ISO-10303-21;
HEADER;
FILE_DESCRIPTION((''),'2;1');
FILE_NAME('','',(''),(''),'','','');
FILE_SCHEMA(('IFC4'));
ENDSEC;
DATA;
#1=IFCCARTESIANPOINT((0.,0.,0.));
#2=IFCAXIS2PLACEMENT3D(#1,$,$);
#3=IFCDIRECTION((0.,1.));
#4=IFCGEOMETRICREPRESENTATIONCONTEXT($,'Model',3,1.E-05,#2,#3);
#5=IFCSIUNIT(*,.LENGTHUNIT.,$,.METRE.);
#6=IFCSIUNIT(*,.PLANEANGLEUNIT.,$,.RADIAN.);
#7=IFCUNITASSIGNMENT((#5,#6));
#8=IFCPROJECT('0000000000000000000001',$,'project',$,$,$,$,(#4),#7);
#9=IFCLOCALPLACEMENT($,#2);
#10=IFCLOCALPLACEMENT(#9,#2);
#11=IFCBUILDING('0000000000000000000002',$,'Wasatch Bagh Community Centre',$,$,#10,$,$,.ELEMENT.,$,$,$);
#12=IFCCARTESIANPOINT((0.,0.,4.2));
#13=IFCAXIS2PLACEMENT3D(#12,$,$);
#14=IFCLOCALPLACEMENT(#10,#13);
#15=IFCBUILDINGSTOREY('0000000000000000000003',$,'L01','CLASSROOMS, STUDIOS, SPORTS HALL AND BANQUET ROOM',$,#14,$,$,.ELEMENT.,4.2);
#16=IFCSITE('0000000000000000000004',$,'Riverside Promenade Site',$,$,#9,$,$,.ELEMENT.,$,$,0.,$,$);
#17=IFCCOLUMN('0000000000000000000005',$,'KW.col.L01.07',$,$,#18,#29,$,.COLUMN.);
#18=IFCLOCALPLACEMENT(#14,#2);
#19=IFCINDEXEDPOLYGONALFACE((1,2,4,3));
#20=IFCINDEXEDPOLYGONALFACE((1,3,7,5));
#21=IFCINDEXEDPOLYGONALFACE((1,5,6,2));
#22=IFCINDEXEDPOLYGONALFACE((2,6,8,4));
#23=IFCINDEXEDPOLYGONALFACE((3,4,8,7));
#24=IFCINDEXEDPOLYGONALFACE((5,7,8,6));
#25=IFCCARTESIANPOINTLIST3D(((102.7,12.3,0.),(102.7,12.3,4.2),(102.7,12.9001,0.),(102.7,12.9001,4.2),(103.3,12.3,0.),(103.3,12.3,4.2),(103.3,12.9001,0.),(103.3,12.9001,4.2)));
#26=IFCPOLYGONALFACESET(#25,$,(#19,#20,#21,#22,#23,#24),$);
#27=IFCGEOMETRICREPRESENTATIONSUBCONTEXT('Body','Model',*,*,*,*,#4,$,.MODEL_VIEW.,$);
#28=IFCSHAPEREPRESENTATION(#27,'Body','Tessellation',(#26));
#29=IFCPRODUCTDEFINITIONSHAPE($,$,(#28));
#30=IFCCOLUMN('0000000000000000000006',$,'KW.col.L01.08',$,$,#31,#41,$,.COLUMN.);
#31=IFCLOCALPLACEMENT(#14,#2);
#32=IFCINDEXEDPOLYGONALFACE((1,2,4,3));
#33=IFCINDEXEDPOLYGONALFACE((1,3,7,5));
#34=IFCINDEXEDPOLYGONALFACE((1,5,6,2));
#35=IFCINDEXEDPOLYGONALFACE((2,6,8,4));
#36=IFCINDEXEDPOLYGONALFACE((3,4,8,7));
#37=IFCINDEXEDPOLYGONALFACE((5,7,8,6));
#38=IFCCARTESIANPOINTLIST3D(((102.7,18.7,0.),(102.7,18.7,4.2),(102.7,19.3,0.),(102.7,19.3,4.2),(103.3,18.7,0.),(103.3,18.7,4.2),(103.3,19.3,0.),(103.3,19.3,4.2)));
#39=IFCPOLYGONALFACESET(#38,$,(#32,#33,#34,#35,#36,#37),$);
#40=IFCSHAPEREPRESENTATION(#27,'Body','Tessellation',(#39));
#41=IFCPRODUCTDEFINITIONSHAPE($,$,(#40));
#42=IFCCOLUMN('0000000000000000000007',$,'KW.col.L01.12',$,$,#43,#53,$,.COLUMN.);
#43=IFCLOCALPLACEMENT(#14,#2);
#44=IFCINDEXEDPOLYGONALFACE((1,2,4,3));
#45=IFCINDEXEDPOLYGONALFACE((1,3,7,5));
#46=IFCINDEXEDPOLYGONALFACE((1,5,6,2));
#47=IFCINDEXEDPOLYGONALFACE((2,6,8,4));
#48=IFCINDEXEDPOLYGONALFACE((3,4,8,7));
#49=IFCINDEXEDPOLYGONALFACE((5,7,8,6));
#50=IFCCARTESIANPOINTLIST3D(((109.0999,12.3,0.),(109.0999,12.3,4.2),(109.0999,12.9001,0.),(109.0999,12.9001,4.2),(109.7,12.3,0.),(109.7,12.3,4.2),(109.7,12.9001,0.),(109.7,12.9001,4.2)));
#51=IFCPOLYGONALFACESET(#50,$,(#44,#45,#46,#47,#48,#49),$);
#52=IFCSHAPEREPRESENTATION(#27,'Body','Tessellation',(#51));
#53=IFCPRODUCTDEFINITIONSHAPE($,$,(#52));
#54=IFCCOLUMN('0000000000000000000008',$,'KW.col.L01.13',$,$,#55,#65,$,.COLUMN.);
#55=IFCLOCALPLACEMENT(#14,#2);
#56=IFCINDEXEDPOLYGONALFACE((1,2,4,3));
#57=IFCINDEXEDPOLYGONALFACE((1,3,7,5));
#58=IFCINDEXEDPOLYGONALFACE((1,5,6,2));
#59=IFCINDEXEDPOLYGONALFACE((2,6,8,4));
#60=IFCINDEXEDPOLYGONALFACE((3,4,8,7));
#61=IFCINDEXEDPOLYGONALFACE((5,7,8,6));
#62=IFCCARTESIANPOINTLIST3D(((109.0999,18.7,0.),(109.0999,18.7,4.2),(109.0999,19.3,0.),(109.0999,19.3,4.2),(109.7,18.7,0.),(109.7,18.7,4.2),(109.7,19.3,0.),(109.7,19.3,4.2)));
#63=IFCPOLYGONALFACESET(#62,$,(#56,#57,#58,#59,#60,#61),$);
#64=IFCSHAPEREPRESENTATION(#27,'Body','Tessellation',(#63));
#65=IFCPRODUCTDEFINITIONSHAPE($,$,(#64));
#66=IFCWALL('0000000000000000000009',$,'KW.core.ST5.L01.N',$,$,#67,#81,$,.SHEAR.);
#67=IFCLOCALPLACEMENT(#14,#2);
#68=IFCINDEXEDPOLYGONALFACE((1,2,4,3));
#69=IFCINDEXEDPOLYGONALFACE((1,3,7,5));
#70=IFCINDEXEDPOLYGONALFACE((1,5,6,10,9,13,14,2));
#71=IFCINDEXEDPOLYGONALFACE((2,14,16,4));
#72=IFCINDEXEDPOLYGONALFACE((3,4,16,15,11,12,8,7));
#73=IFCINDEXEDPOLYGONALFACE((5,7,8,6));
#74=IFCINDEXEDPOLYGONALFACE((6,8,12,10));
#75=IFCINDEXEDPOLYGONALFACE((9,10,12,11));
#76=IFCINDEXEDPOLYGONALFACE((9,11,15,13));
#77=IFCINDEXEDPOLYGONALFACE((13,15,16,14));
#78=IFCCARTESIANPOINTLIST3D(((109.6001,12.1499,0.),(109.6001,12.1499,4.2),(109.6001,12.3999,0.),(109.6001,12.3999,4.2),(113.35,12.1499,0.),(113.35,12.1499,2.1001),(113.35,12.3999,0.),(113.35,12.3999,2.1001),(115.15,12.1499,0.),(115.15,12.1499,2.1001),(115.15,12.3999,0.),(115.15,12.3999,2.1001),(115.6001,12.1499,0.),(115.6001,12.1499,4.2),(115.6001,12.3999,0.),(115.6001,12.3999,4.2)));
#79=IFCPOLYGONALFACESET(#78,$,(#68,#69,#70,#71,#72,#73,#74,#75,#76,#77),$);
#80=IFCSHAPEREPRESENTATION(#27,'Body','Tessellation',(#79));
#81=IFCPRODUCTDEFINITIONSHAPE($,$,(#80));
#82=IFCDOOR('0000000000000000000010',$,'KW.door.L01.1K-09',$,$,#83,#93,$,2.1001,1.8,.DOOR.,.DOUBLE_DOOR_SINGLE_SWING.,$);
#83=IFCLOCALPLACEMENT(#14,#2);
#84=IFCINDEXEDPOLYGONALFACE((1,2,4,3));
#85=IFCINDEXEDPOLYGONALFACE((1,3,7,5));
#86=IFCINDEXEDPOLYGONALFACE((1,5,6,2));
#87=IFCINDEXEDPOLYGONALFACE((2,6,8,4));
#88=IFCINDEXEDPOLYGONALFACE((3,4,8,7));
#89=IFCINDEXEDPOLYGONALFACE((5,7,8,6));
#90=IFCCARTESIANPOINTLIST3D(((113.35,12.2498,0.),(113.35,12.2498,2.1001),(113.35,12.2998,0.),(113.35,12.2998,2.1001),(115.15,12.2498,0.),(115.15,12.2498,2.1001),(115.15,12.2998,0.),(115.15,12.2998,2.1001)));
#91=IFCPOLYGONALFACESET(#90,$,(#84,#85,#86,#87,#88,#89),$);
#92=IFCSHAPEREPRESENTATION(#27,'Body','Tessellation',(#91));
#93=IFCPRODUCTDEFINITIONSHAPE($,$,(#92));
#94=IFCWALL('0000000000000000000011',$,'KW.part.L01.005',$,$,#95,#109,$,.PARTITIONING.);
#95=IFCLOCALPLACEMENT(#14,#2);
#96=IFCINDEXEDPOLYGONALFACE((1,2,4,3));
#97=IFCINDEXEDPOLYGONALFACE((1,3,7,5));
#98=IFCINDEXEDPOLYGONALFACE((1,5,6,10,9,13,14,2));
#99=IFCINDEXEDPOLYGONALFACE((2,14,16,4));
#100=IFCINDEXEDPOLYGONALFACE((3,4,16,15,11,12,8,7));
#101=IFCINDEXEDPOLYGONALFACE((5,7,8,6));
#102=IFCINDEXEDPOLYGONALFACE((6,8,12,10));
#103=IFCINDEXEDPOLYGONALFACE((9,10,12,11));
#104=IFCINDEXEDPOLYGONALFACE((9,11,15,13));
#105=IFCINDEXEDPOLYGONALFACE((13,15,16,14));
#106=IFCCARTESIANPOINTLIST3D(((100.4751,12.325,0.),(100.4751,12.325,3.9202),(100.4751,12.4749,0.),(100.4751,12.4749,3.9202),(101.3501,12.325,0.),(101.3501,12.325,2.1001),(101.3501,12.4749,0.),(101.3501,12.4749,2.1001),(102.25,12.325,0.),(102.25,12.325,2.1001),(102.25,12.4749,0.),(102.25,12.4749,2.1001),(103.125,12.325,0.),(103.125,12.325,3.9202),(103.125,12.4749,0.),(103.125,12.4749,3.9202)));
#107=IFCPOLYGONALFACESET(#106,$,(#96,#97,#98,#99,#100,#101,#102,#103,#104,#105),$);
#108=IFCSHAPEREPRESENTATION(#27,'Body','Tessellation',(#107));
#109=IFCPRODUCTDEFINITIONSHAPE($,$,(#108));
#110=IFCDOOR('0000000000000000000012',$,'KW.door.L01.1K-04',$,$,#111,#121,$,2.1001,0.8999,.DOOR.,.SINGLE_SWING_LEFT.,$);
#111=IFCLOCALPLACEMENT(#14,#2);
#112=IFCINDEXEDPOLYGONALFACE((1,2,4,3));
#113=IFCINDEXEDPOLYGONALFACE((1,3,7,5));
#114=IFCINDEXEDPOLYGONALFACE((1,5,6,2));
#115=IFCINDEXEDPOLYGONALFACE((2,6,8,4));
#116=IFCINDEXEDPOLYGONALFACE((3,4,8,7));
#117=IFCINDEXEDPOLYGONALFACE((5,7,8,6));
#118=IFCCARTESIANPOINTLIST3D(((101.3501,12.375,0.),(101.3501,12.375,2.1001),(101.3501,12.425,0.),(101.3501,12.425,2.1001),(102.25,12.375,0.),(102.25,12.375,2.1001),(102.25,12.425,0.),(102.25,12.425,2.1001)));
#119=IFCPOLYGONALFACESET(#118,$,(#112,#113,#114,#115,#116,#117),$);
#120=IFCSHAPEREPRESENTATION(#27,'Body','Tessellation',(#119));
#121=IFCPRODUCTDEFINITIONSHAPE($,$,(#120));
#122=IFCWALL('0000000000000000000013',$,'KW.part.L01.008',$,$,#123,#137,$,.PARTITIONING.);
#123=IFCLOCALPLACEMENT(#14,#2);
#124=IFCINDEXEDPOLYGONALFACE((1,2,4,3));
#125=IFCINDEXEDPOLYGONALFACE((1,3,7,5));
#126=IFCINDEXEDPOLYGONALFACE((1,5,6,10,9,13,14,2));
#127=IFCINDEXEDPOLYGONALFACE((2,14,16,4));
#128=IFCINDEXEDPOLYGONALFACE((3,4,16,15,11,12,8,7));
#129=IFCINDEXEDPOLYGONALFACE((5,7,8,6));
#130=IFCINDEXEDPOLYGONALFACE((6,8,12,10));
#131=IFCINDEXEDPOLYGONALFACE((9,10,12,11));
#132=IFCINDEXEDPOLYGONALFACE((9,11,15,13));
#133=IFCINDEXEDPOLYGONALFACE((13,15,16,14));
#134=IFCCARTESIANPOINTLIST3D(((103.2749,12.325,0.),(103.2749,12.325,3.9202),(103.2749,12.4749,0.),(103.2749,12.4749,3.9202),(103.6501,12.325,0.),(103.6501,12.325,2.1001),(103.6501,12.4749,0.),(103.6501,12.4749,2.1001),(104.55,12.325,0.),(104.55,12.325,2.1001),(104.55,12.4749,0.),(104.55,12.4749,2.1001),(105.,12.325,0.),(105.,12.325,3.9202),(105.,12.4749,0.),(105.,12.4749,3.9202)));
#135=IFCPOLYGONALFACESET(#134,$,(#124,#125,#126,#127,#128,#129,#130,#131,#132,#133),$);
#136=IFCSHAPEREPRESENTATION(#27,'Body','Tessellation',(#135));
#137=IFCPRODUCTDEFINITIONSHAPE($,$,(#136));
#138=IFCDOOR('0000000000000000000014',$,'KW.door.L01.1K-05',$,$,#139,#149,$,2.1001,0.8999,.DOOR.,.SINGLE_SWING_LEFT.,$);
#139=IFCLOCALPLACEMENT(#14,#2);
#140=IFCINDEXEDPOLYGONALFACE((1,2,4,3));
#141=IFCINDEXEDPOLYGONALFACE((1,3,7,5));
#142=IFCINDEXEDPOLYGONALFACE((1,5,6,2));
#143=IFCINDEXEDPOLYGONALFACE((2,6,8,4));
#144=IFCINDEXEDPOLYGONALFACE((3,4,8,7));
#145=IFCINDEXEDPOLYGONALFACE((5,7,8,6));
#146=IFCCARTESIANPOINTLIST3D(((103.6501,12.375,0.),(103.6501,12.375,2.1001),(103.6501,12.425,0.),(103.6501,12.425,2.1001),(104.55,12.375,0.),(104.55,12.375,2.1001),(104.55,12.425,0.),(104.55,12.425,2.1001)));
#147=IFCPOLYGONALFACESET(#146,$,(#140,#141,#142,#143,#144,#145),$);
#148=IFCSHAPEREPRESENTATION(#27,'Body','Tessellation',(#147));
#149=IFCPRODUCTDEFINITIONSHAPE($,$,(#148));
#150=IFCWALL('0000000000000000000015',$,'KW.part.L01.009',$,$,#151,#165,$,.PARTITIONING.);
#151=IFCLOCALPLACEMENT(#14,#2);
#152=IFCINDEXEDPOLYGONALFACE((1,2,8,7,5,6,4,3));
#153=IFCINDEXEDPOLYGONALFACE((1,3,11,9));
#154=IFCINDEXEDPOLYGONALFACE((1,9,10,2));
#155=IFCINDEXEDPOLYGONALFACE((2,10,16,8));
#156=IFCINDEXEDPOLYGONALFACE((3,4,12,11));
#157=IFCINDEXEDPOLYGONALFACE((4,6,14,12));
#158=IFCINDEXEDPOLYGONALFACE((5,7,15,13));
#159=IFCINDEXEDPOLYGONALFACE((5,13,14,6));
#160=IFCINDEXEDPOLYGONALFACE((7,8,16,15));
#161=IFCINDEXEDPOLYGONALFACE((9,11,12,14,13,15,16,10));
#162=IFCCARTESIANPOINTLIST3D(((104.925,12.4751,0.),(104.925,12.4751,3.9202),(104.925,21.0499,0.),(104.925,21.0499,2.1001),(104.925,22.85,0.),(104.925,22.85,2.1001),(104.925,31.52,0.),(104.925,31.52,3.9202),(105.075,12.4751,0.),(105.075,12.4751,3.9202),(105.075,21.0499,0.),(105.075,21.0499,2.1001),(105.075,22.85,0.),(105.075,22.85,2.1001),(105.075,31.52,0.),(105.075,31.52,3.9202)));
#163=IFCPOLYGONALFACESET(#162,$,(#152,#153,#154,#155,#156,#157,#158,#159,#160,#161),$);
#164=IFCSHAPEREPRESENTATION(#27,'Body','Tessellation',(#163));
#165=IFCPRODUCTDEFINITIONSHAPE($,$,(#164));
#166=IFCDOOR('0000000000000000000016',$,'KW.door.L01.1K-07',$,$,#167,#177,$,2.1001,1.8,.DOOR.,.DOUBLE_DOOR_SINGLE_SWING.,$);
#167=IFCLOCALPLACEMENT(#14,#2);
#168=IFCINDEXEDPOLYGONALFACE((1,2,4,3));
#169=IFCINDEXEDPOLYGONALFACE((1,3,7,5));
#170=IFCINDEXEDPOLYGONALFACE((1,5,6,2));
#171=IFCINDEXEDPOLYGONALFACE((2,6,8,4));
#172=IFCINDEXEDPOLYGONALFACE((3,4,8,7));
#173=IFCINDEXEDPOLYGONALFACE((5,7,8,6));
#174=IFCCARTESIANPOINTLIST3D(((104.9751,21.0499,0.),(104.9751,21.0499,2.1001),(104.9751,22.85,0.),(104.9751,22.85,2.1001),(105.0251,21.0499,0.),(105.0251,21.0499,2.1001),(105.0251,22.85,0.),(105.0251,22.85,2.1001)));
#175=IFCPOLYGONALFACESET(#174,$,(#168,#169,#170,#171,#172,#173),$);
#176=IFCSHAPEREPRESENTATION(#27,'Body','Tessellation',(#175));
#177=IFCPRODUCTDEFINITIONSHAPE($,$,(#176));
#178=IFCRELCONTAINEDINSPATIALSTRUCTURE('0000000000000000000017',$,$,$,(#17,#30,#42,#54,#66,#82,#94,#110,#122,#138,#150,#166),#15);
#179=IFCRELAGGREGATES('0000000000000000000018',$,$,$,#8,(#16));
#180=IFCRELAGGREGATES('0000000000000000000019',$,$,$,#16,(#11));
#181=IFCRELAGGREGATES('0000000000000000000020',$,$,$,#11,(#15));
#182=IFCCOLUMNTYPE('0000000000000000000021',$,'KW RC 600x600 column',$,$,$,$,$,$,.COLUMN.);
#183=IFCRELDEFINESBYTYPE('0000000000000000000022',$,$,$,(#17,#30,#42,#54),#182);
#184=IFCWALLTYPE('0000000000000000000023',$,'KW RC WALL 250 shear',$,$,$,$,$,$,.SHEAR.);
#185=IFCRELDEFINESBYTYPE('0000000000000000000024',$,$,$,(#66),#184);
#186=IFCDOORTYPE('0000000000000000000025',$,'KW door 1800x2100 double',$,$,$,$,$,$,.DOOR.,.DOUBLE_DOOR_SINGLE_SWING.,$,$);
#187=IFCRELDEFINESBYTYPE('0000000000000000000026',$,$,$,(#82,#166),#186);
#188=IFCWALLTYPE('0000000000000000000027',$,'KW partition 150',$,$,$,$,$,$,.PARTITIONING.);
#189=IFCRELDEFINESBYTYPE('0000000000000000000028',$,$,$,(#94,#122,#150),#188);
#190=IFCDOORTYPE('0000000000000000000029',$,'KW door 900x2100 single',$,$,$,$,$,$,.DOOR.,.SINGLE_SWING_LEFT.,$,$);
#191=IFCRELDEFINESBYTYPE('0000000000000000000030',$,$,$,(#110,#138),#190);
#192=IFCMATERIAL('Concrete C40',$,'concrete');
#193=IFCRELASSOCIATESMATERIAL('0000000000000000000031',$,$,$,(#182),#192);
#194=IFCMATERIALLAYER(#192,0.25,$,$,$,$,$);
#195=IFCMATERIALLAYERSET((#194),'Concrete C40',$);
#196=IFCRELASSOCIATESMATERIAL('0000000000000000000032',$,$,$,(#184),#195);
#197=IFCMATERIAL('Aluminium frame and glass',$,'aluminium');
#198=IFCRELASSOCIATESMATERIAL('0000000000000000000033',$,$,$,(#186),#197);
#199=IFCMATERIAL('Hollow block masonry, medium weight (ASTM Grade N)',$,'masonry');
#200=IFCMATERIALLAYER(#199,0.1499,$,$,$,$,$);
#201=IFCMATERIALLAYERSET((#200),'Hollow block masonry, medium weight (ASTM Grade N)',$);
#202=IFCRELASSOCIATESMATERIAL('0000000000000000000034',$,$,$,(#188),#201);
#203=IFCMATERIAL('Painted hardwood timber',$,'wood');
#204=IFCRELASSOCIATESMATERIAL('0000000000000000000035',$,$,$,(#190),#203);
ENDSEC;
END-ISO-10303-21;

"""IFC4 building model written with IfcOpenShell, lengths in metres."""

from ifc_helpers import new_model, si_unit, direction, frame, frame_2d, origin, origin_2d, place, context, subcontext, project, spatial, rectangle, extrude, material, layer, layer_set, material_profile, profile_set, type_object, element, fill, save


model = new_model("IFC4")

# Units and contexts
model_context = context("Model", 3, precision=1e-05, world=origin(), true_north=direction((0.0, 1.0)))
body_context = subcontext(model_context, "Body", "Model", "MODEL_VIEW")
ifc_project = project(units=[si_unit("LENGTHUNIT", "METRE"), si_unit("PLANEANGLEUNIT", "RADIAN")], contexts=[model_context])

# Site, building, storey
site_placement = place(None, origin())
site = spatial("IfcSite", under=ifc_project, at=site_placement, Name="Riverside Promenade Site", CompositionType="ELEMENT", RefElevation=0.0)
building_placement = place(site_placement, origin())
building = spatial("IfcBuilding", under=site, at=building_placement, Name="Wasatch Bagh Community Centre", CompositionType="ELEMENT")
storey_placement = place(building_placement, frame((0.0, 0.0, 4.2)))
storey = spatial("IfcBuildingStorey", under=building, at=storey_placement, Name="L01", Description="CLASSROOMS, STUDIOS, SPORTS HALL AND BANQUET ROOM", CompositionType="ELEMENT", Elevation=4.2)

# Columns
ifc_material_1 = material(Name="Concrete C40", Category="concrete")
ifc_material_profile = material_profile(ifc_material_1, rectangle(XDim=0.6001, YDim=0.6001, at=origin_2d()), Name="RC 600x600")
ifc_profile_set = profile_set([ifc_material_profile], Name="Concrete C40")
column_type = type_object("IfcColumnType", Name="KW RC 600x600 column", PredefinedType="COLUMN", material=ifc_profile_set)
for number, where, z_axis, x_axis, name in (
    (1, (103.0, 12.6001, 0.0), (0.0, 0.0, 1.0), (1.0, 0.0, 0.0), "KW.col.L01.07"),
    (2, (103.0, 19.0, 0.0), (0.0, 0.0, 1.0), (1.0, 0.0, 0.0), "KW.col.L01.08"),
    (3, (109.3999, 12.6001, 0.0), (0.0, 0.0, 1.0), (1.0, 0.0, 0.0), "KW.col.L01.12"),
    (4, (109.3999, 19.0, 0.0), (0.0, 0.0, 1.0), (1.0, 0.0, 0.0), "KW.col.L01.13"),
):
    element("IfcColumn", number, at=place(storey_placement, frame(where, z_axis=z_axis, x_axis=x_axis)), inside=storey, type_object=column_type, Name=name, PredefinedType="COLUMN", context=body_context, shape_type="SweptSolid", body=[
        extrude(rectangle(XDim=0.6001, YDim=0.6001, at=origin_2d()), origin(), (0.0, 0.0, 1.0), 4.2),
    ])

# Walls, openings, doors
ifc_layer_1 = layer(ifc_material_1, 0.25)
ifc_layer_set_1 = layer_set([ifc_layer_1], Name="Concrete C40")
wall_type_1 = type_object("IfcWallType", Name="KW RC WALL 250 shear", PredefinedType="SHEAR", material=ifc_layer_set_1)
wall_1_placement = place(storey_placement, frame((109.6001, 12.2749, 0.0), z_axis=(0.0, 0.0, 1.0), x_axis=(1.0, 0.0, 0.0)))
wall_1 = element("IfcWall", 5, at=wall_1_placement, inside=storey, type_object=wall_type_1, Name="KW.core.ST5.L01.N", PredefinedType="SHEAR", context=body_context, shape_type="SweptSolid", body=[
    extrude(rectangle(XDim=6.0, YDim=0.25, at=frame_2d((3.0, 0.0))), origin(), (0.0, 0.0, 1.0), 4.2),
])
opening_1_placement = place(wall_1_placement, frame((3.75, 0.0, 0.0)))
opening_1 = element("IfcOpeningElement", 6, at=opening_1_placement, cuts=wall_1, PredefinedType="OPENING", context=body_context, shape_type="SweptSolid", body=[
    extrude(rectangle(XDim=1.8, YDim=2.1001, at=frame_2d((0.8999, 1.05))), frame((0.0, 0.135, 0.0), z_axis=(0.0, -1.0, 0.0), x_axis=(1.0, 0.0, 0.0)), (0.0, 0.0, 1.0), 0.27),
])
ifc_material_2 = material(Name="Aluminium frame and glass", Category="aluminium")
door_type_1 = type_object("IfcDoorType", Name="KW door 1800x2100 double", OperationType="DOUBLE_DOOR_SINGLE_SWING", PredefinedType="DOOR", material=ifc_material_2)
door_1_placement = place(opening_1_placement, origin())
door_1 = element("IfcDoor", 7, at=door_1_placement, inside=storey, type_object=door_type_1, Name="KW.door.L01.1K-09", OperationType="DOUBLE_DOOR_SINGLE_SWING", OverallHeight=2.1001, OverallWidth=1.8, PredefinedType="DOOR", context=body_context, shape_type="SweptSolid", body=[
    extrude(rectangle(XDim=1.8, YDim=2.1001, at=frame_2d((0.8999, 1.05))), frame((0.0, 0.0249, 0.0), z_axis=(0.0, -1.0, 0.0), x_axis=(1.0, 0.0, 0.0)), (0.0, 0.0, 1.0), 0.05),
])
fill(opening_1, door_1)
ifc_material_3 = material(Name="Hollow block masonry, medium weight (ASTM Grade N)", Category="masonry")
ifc_layer_2 = layer(ifc_material_3, 0.1499)
ifc_layer_set_2 = layer_set([ifc_layer_2], Name="Hollow block masonry, medium weight (ASTM Grade N)")
wall_type_2 = type_object("IfcWallType", Name="KW partition 150", PredefinedType="PARTITIONING", material=ifc_layer_set_2)
wall_2_placement = place(storey_placement, frame((103.125, 12.3999, 0.0), z_axis=(0.0, 0.0, 1.0), x_axis=(-1.0, 0.0, 0.0)))
wall_2 = element("IfcWall", 8, at=wall_2_placement, inside=storey, type_object=wall_type_2, Name="KW.part.L01.005", PredefinedType="PARTITIONING", context=body_context, shape_type="SweptSolid", body=[
    extrude(rectangle(XDim=2.6499, YDim=0.1499, at=frame_2d((1.325, 0.0))), origin(), (0.0, 0.0, 1.0), 3.9202),
])
opening_2_placement = place(wall_2_placement, frame((0.875, 0.0, 0.0)))
opening_2 = element("IfcOpeningElement", 9, at=opening_2_placement, cuts=wall_2, PredefinedType="OPENING", context=body_context, shape_type="SweptSolid", body=[
    extrude(rectangle(XDim=0.8999, YDim=2.1001, at=frame_2d((0.45, 1.05))), frame((0.0, 0.085, 0.0), z_axis=(0.0, -1.0, 0.0), x_axis=(1.0, 0.0, 0.0)), (0.0, 0.0, 1.0), 0.1699),
])
ifc_material_4 = material(Name="Painted hardwood timber", Category="wood")
door_type_2 = type_object("IfcDoorType", Name="KW door 900x2100 single", OperationType="SINGLE_SWING_LEFT", PredefinedType="DOOR", material=ifc_material_4)
door_2_placement = place(opening_2_placement, origin())
door_2 = element("IfcDoor", 10, at=door_2_placement, inside=storey, type_object=door_type_2, Name="KW.door.L01.1K-04", OperationType="SINGLE_SWING_LEFT", OverallHeight=2.1001, OverallWidth=0.8999, PredefinedType="DOOR", context=body_context, shape_type="SweptSolid", body=[
    extrude(rectangle(XDim=0.8999, YDim=2.1001, at=frame_2d((0.45, 1.05))), frame((0.0, 0.0249, 0.0), z_axis=(0.0, -1.0, 0.0), x_axis=(1.0, 0.0, 0.0)), (0.0, 0.0, 1.0), 0.05),
])
fill(opening_2, door_2)
wall_3_placement = place(storey_placement, frame((105.0, 12.3999, 0.0), z_axis=(0.0, 0.0, 1.0), x_axis=(-1.0, 0.0, 0.0)))
wall_3 = element("IfcWall", 11, at=wall_3_placement, inside=storey, type_object=wall_type_2, Name="KW.part.L01.008", PredefinedType="PARTITIONING", context=body_context, shape_type="SweptSolid", body=[
    extrude(rectangle(XDim=1.7251, YDim=0.1499, at=frame_2d((0.8625, 0.0))), origin(), (0.0, 0.0, 1.0), 3.9202),
])
opening_3_placement = place(wall_3_placement, frame((0.45, 0.0, 0.0)))
opening_3 = element("IfcOpeningElement", 12, at=opening_3_placement, cuts=wall_3, PredefinedType="OPENING", context=body_context, shape_type="SweptSolid", body=[
    extrude(rectangle(XDim=0.8999, YDim=2.1001, at=frame_2d((0.45, 1.05))), frame((0.0, 0.085, 0.0), z_axis=(0.0, -1.0, 0.0), x_axis=(1.0, 0.0, 0.0)), (0.0, 0.0, 1.0), 0.1699),
])
door_3_placement = place(opening_3_placement, origin())
door_3 = element("IfcDoor", 13, at=door_3_placement, inside=storey, type_object=door_type_2, Name="KW.door.L01.1K-05", OperationType="SINGLE_SWING_LEFT", OverallHeight=2.1001, OverallWidth=0.8999, PredefinedType="DOOR", context=body_context, shape_type="SweptSolid", body=[
    extrude(rectangle(XDim=0.8999, YDim=2.1001, at=frame_2d((0.45, 1.05))), frame((0.0, 0.0249, 0.0), z_axis=(0.0, -1.0, 0.0), x_axis=(1.0, 0.0, 0.0)), (0.0, 0.0, 1.0), 0.05),
])
fill(opening_3, door_3)
wall_4_placement = place(storey_placement, frame((105.0, 12.4751, 0.0), z_axis=(0.0, 0.0, 1.0), x_axis=(0.0, 1.0, 0.0)))
wall_4 = element("IfcWall", 14, at=wall_4_placement, inside=storey, type_object=wall_type_2, Name="KW.part.L01.009", PredefinedType="PARTITIONING", context=body_context, shape_type="SweptSolid", body=[
    extrude(rectangle(XDim=19.0449, YDim=0.1499, at=frame_2d((9.5225, 0.0))), origin(), (0.0, 0.0, 1.0), 3.9202),
])
opening_4_placement = place(wall_4_placement, frame((8.575, 0.0, 0.0)))
opening_4 = element("IfcOpeningElement", 15, at=opening_4_placement, cuts=wall_4, PredefinedType="OPENING", context=body_context, shape_type="SweptSolid", body=[
    extrude(rectangle(XDim=1.8, YDim=2.1001, at=frame_2d((0.8999, 1.05))), frame((0.0, 0.085, 0.0), z_axis=(0.0, -1.0, 0.0), x_axis=(1.0, 0.0, 0.0)), (0.0, 0.0, 1.0), 0.1699),
])
door_4_placement = place(opening_4_placement, origin())
door_4 = element("IfcDoor", 16, at=door_4_placement, inside=storey, type_object=door_type_1, Name="KW.door.L01.1K-07", OperationType="DOUBLE_DOOR_SINGLE_SWING", OverallHeight=2.1001, OverallWidth=1.8, PredefinedType="DOOR", context=body_context, shape_type="SweptSolid", body=[
    extrude(rectangle(XDim=1.8, YDim=2.1001, at=frame_2d((0.8999, 1.05))), frame((0.0, 0.0249, 0.0), z_axis=(0.0, -1.0, 0.0), x_axis=(1.0, 0.0, 0.0)), (0.0, 0.0, 1.0), 0.05),
])
fill(opening_4, door_4)

save(model, "model.ifc")
